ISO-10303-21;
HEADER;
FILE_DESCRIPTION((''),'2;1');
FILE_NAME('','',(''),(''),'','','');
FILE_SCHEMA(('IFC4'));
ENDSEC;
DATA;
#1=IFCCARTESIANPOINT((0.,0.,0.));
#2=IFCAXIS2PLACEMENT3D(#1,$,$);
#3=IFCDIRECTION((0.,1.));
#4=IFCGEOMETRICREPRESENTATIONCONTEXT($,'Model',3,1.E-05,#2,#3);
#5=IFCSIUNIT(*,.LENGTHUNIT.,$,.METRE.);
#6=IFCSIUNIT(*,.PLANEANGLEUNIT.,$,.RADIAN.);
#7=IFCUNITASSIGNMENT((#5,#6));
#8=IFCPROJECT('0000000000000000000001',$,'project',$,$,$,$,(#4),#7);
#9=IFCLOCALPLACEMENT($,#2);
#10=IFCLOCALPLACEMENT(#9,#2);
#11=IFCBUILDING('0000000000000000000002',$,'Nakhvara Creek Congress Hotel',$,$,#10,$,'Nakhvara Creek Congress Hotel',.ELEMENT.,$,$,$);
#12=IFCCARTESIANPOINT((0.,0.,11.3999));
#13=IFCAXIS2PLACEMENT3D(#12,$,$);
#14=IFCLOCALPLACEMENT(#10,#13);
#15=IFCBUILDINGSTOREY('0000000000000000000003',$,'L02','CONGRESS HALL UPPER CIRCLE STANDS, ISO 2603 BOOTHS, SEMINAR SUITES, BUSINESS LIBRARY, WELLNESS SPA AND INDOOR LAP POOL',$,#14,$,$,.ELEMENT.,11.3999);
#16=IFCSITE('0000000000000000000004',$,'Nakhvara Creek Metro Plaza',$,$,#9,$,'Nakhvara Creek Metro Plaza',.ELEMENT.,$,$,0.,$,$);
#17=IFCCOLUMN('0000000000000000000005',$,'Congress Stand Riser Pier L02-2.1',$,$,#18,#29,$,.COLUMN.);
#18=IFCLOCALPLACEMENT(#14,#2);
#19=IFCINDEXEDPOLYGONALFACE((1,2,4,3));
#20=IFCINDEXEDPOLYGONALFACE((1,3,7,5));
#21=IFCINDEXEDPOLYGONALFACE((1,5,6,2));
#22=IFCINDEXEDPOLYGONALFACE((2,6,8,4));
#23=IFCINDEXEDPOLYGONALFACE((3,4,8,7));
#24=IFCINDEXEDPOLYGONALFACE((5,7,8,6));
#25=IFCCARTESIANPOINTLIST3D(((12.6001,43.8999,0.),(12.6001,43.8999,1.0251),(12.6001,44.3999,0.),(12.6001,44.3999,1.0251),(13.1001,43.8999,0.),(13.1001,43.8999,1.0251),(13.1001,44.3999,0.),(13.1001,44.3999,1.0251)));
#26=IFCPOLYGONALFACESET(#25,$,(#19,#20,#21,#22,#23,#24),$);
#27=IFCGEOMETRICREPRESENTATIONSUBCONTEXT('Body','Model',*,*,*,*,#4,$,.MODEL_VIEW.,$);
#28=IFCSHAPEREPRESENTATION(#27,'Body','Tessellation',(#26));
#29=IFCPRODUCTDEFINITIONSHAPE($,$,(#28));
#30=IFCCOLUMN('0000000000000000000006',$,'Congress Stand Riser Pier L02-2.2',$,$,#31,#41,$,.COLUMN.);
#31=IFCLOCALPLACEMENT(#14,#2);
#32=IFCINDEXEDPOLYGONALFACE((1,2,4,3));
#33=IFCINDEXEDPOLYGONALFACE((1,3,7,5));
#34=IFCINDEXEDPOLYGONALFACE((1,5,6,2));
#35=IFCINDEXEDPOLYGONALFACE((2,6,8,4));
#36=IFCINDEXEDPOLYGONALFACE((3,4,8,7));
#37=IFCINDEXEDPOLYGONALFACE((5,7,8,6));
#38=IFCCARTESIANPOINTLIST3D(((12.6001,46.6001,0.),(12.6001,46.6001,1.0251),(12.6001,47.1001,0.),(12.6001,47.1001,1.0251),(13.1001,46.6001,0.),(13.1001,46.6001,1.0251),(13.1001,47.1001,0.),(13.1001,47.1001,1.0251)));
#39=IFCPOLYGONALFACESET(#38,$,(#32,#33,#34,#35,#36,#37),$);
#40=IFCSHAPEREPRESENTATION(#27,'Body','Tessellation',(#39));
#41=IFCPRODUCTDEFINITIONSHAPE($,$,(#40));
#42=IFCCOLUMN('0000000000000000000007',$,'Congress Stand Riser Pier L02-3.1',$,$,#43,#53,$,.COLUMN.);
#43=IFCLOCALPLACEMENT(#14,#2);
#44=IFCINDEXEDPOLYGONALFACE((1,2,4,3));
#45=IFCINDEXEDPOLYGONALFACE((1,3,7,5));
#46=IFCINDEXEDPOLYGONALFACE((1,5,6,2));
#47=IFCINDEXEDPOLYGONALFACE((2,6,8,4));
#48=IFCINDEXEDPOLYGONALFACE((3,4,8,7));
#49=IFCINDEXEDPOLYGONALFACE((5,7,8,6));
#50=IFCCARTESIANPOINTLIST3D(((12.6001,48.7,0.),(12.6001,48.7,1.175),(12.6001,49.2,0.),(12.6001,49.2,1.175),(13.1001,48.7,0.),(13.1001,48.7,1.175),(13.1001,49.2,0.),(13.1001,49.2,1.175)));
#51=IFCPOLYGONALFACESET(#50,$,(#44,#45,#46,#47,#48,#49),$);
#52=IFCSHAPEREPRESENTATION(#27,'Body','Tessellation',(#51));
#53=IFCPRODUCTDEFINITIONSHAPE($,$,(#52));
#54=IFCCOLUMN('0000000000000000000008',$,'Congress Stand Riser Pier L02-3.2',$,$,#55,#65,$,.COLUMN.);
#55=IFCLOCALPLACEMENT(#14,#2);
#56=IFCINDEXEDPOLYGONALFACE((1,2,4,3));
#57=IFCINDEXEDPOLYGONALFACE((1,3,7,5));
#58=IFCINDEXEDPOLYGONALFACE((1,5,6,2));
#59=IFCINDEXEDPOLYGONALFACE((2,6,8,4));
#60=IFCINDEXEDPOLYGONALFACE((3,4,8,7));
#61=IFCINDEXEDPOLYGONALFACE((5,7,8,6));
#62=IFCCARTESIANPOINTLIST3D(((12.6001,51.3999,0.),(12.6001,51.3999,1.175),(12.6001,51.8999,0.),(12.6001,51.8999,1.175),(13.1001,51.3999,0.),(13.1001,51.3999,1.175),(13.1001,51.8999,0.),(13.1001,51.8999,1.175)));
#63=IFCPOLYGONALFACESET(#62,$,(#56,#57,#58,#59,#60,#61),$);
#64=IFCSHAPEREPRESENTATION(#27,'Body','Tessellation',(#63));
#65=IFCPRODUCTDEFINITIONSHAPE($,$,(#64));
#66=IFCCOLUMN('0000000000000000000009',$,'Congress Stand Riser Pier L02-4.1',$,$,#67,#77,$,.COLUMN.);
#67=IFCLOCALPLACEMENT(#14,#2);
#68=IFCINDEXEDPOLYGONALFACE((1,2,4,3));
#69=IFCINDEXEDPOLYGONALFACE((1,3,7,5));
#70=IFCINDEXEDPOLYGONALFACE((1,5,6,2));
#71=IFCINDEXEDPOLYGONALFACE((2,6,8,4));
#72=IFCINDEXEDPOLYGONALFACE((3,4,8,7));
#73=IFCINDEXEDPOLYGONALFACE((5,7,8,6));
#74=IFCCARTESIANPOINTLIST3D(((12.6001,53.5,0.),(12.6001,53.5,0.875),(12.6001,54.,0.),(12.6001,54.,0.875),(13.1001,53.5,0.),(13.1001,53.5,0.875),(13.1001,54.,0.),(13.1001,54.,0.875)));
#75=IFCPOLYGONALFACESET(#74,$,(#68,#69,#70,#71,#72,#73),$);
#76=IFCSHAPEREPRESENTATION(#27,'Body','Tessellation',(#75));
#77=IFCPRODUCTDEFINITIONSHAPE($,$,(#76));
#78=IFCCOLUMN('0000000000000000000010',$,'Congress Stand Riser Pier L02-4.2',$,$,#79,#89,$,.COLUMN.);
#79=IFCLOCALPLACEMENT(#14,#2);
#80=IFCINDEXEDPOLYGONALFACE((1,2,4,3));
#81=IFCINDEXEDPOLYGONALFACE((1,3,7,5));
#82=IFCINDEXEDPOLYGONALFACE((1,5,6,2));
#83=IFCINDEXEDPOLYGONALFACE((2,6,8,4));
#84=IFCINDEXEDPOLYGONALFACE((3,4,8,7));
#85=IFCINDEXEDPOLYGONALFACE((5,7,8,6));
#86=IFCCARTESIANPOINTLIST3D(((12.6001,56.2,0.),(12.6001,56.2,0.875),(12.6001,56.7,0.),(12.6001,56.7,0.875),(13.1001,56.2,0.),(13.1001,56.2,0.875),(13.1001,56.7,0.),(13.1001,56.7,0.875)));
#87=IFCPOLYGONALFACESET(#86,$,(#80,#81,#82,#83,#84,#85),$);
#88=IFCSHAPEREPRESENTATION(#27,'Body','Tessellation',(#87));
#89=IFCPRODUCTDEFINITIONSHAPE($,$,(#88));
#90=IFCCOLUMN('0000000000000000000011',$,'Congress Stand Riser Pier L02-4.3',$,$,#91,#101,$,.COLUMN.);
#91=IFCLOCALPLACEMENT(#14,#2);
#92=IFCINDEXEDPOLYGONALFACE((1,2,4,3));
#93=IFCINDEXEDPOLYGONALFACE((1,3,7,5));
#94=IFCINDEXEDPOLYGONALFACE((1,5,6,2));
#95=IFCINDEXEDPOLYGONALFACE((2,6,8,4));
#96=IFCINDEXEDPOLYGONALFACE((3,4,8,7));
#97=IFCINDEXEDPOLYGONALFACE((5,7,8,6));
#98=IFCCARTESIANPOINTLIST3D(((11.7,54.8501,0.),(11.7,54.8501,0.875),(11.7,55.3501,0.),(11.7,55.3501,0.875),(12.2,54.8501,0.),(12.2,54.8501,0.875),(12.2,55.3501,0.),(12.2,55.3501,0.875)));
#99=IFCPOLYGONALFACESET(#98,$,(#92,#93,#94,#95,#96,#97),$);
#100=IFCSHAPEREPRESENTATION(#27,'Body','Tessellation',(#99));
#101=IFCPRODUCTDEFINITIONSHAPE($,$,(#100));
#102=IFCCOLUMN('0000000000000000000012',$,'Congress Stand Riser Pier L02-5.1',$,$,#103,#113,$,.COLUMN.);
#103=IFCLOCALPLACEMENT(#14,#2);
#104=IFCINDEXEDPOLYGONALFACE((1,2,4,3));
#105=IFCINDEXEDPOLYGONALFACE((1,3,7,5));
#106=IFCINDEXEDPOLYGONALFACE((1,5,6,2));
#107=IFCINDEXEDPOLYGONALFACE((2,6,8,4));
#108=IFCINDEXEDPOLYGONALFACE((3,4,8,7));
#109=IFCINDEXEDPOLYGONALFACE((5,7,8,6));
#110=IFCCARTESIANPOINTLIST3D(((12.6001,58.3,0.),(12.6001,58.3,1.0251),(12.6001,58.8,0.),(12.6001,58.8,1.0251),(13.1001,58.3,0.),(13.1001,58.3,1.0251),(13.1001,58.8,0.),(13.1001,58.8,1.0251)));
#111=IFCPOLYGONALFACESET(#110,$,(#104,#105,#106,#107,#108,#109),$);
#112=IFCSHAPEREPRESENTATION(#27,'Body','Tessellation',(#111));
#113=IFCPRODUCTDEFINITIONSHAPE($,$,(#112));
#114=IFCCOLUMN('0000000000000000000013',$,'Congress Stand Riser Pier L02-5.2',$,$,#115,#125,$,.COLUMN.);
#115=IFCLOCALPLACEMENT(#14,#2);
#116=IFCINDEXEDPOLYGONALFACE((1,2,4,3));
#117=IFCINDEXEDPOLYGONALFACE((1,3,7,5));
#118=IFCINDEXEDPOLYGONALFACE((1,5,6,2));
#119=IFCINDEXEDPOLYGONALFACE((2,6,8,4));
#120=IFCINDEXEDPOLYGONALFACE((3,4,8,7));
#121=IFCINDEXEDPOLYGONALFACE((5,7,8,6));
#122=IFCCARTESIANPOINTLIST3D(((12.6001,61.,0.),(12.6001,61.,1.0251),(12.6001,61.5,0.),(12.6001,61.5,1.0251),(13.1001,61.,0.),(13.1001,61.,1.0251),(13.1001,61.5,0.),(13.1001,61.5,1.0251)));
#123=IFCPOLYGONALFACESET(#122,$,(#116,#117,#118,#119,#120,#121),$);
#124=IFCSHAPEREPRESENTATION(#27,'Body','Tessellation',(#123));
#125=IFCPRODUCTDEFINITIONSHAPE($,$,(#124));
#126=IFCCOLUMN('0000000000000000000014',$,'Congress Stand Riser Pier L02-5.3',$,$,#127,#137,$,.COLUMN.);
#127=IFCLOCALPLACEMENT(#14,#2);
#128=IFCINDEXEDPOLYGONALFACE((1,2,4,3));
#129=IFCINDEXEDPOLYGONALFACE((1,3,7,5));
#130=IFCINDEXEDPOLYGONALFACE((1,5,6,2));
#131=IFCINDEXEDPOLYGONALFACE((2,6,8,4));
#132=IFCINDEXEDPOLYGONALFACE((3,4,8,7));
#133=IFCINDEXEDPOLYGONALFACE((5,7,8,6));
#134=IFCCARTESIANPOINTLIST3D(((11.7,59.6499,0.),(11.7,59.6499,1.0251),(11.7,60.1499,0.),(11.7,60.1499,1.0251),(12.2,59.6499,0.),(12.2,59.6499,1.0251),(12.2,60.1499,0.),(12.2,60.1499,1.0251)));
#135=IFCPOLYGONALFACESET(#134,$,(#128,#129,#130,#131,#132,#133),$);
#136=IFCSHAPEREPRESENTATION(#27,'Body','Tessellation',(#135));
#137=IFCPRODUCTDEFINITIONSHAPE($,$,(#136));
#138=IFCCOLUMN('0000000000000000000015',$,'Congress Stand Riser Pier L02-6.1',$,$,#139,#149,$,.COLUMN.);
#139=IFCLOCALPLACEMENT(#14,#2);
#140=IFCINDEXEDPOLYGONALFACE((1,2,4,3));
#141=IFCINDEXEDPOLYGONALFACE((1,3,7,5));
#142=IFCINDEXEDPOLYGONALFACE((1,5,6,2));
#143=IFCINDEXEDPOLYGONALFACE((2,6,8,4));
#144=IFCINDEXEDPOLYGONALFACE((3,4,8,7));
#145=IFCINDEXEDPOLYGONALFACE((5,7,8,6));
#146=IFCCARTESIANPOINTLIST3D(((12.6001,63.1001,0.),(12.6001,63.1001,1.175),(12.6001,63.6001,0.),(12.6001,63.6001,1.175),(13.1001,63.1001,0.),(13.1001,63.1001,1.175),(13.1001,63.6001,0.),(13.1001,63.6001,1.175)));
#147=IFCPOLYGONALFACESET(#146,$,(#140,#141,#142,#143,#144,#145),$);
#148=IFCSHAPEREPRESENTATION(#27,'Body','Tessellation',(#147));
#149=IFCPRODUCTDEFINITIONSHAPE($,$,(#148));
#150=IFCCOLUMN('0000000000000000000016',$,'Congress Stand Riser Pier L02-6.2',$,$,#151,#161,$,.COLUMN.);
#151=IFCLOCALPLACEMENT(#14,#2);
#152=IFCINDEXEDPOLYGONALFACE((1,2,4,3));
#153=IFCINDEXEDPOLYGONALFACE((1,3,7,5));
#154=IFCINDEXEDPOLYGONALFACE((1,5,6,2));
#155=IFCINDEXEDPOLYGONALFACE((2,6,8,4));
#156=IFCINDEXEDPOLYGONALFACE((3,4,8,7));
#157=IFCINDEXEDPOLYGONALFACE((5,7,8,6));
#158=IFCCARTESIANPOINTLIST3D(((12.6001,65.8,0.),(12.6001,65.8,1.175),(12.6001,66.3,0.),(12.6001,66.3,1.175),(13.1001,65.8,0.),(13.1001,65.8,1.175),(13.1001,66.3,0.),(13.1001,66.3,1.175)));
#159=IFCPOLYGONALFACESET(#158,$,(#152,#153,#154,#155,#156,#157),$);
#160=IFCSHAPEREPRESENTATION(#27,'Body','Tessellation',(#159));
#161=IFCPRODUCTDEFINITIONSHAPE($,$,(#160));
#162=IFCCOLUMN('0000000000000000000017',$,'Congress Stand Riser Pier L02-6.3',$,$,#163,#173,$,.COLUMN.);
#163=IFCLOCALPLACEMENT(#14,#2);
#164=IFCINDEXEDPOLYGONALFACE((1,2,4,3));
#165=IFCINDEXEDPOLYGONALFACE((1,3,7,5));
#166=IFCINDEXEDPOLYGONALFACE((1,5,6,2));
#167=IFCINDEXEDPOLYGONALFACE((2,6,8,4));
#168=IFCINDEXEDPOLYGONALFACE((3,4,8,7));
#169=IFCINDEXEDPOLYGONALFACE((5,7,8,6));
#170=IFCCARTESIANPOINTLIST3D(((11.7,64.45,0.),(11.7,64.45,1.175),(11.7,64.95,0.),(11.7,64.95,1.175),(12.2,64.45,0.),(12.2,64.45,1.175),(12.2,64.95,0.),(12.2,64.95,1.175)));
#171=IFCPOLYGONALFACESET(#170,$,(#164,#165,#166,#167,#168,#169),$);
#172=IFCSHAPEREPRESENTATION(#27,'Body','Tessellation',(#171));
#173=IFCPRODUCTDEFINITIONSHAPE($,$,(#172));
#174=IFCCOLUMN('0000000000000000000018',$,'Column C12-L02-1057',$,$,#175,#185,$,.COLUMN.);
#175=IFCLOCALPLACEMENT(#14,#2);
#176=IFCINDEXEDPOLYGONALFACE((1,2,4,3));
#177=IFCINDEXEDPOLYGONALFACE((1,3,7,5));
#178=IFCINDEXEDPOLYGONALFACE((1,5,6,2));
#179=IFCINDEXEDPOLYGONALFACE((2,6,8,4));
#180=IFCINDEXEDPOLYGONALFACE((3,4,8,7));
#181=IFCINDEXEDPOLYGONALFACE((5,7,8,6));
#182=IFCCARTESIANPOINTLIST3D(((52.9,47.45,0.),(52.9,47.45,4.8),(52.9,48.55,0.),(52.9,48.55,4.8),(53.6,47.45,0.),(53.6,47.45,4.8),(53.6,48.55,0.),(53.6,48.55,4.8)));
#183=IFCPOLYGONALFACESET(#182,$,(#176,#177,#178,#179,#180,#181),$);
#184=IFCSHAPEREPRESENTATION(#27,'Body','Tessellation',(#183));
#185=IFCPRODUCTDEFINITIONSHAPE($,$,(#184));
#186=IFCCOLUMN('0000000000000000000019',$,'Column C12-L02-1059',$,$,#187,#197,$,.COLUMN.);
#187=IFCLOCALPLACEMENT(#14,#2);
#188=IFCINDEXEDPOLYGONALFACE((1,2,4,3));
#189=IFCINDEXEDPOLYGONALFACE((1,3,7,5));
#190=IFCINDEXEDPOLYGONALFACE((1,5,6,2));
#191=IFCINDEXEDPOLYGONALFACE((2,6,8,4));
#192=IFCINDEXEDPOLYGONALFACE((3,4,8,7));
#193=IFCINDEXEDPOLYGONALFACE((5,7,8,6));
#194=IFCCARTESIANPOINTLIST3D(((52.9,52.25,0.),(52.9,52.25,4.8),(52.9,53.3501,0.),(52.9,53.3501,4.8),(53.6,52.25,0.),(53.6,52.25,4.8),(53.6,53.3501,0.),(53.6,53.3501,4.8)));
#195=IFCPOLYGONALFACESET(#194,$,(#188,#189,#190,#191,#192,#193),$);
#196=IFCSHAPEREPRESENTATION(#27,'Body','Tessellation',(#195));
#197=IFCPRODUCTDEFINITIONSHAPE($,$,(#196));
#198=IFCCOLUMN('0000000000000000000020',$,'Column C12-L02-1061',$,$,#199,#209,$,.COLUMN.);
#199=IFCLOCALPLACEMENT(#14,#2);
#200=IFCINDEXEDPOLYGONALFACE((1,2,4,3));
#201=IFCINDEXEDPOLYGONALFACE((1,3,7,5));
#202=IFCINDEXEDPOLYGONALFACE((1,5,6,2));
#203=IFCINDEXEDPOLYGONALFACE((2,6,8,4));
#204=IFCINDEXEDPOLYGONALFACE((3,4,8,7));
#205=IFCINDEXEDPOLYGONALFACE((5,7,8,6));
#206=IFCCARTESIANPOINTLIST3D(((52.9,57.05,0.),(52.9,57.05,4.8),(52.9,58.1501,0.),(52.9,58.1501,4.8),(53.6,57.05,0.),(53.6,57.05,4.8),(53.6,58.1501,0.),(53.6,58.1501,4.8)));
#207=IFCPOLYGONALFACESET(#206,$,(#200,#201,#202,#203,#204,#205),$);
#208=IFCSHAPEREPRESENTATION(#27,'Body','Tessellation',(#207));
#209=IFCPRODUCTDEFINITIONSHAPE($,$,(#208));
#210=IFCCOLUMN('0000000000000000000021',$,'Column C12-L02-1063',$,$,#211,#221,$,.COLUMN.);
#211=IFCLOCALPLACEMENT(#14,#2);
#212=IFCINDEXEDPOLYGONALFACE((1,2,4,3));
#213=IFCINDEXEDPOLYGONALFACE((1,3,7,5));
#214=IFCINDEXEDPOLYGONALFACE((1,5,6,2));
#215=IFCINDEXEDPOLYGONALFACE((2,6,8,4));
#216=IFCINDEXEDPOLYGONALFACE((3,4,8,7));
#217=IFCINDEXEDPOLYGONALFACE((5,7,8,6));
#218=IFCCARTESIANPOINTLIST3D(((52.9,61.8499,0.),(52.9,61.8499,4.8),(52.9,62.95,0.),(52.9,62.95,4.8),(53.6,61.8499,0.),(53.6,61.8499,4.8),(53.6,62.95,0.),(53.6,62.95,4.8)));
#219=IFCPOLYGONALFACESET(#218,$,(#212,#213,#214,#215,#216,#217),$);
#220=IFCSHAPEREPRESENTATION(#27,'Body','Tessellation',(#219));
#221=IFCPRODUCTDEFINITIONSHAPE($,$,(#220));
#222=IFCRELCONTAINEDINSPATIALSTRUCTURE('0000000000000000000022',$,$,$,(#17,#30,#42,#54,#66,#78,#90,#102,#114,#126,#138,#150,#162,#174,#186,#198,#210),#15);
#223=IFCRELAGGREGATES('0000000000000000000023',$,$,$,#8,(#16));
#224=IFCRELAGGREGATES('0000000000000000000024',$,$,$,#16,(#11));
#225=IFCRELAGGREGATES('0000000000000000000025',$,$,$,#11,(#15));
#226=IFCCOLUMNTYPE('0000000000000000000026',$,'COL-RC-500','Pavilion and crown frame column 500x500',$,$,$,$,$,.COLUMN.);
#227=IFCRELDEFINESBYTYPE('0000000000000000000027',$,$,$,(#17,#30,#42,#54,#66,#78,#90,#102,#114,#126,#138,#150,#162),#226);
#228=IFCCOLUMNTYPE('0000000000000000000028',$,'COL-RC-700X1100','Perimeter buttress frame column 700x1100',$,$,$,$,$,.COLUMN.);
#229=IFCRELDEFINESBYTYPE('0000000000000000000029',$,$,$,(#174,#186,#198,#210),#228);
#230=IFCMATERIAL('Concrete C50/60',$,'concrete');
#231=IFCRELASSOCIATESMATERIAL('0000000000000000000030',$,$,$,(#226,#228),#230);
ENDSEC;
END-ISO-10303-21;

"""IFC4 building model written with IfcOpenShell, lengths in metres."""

from ifc_helpers import new_model, si_unit, direction, frame, origin, origin_2d, place, context, subcontext, project, spatial, rectangle, extrude, material, material_profile, profile_set, type_object, element, save


model = new_model("IFC4")

# Units and contexts
model_context = context("Model", 3, precision=1e-05, world=origin(), true_north=direction((0.0, 1.0)))
body_context = subcontext(model_context, "Body", "Model", "MODEL_VIEW")
ifc_project = project(units=[si_unit("LENGTHUNIT", "METRE"), si_unit("PLANEANGLEUNIT", "RADIAN")], contexts=[model_context])

# Site, building, storey
site_placement = place(None, origin())
site = spatial("IfcSite", under=ifc_project, at=site_placement, Name="Nakhvara Creek Metro Plaza", LongName="Nakhvara Creek Metro Plaza", CompositionType="ELEMENT", RefElevation=0.0)
building_placement = place(site_placement, origin())
building = spatial("IfcBuilding", under=site, at=building_placement, Name="Nakhvara Creek Congress Hotel", LongName="Nakhvara Creek Congress Hotel", CompositionType="ELEMENT")
storey_placement = place(building_placement, frame((0.0, 0.0, 11.3999)))
storey = spatial("IfcBuildingStorey", under=building, at=storey_placement, Name="L02", Description="CONGRESS HALL UPPER CIRCLE STANDS, ISO 2603 BOOTHS, SEMINAR SUITES, BUSINESS LIBRARY, WELLNESS SPA AND INDOOR LAP POOL", CompositionType="ELEMENT", Elevation=11.3999)

# Columns
ifc_material_1 = material(Name="Concrete C50/60", Category="concrete")
ifc_material_profile_1 = material_profile(ifc_material_1, rectangle(XDim=0.5, YDim=0.5, at=origin_2d()), Name="RC-COL 500x500", Category="LoadBearing")
ifc_profile_set_1 = profile_set([ifc_material_profile_1], Name="Concrete C50/60")
column_type_1 = type_object("IfcColumnType", Name="COL-RC-500", Description="Pavilion and crown frame column 500x500", PredefinedType="COLUMN", material=ifc_profile_set_1)
for number, where, z_axis, x_axis, name in (
    (1, (12.8501, 44.1499, 0.0), (0.0, 0.0, 1.0), (1.0, 0.0, 0.0), "Congress Stand Riser Pier L02-2.1"),
    (2, (12.8501, 46.8501, 0.0), (0.0, 0.0, 1.0), (1.0, 0.0, 0.0), "Congress Stand Riser Pier L02-2.2"),
):
    element("IfcColumn", number, at=place(storey_placement, frame(where, z_axis=z_axis, x_axis=x_axis)), inside=storey, type_object=column_type_1, Name=name, PredefinedType="COLUMN", context=body_context, shape_type="SweptSolid", body=[
        extrude(rectangle(XDim=0.5, YDim=0.5, at=origin_2d()), origin(), (0.0, 0.0, 1.0), 1.0251),
    ])
for number, where, z_axis, x_axis, name in (
    (3, (12.8501, 48.95, 0.0), (0.0, 0.0, 1.0), (1.0, 0.0, 0.0), "Congress Stand Riser Pier L02-3.1"),
    (4, (12.8501, 51.6499, 0.0), (0.0, 0.0, 1.0), (1.0, 0.0, 0.0), "Congress Stand Riser Pier L02-3.2"),
):
    element("IfcColumn", number, at=place(storey_placement, frame(where, z_axis=z_axis, x_axis=x_axis)), inside=storey, type_object=column_type_1, Name=name, PredefinedType="COLUMN", context=body_context, shape_type="SweptSolid", body=[
        extrude(rectangle(XDim=0.5, YDim=0.5, at=origin_2d()), origin(), (0.0, 0.0, 1.0), 1.175),
    ])
for number, where, z_axis, x_axis, name in (
    (5, (12.8501, 53.75, 0.0), (0.0, 0.0, 1.0), (1.0, 0.0, 0.0), "Congress Stand Riser Pier L02-4.1"),
    (6, (12.8501, 56.45, 0.0), (0.0, 0.0, 1.0), (1.0, 0.0, 0.0), "Congress Stand Riser Pier L02-4.2"),
    (7, (11.95, 55.1001, 0.0), (0.0, 0.0, 1.0), (1.0, 0.0, 0.0), "Congress Stand Riser Pier L02-4.3"),
):
    element("IfcColumn", number, at=place(storey_placement, frame(where, z_axis=z_axis, x_axis=x_axis)), inside=storey, type_object=column_type_1, Name=name, PredefinedType="COLUMN", context=body_context, shape_type="SweptSolid", body=[
        extrude(rectangle(XDim=0.5, YDim=0.5, at=origin_2d()), origin(), (0.0, 0.0, 1.0), 0.875),
    ])
for number, where, z_axis, x_axis, name in (
    (8, (12.8501, 58.55, 0.0), (0.0, 0.0, 1.0), (1.0, 0.0, 0.0), "Congress Stand Riser Pier L02-5.1"),
    (9, (12.8501, 61.25, 0.0), (0.0, 0.0, 1.0), (1.0, 0.0, 0.0), "Congress Stand Riser Pier L02-5.2"),
    (10, (11.95, 59.8999, 0.0), (0.0, 0.0, 1.0), (1.0, 0.0, 0.0), "Congress Stand Riser Pier L02-5.3"),
):
    element("IfcColumn", number, at=place(storey_placement, frame(where, z_axis=z_axis, x_axis=x_axis)), inside=storey, type_object=column_type_1, Name=name, PredefinedType="COLUMN", context=body_context, shape_type="SweptSolid", body=[
        extrude(rectangle(XDim=0.5, YDim=0.5, at=origin_2d()), origin(), (0.0, 0.0, 1.0), 1.0251),
    ])
for number, where, z_axis, x_axis, name in (
    (11, (12.8501, 63.3501, 0.0), (0.0, 0.0, 1.0), (1.0, 0.0, 0.0), "Congress Stand Riser Pier L02-6.1"),
    (12, (12.8501, 66.05, 0.0), (0.0, 0.0, 1.0), (1.0, 0.0, 0.0), "Congress Stand Riser Pier L02-6.2"),
    (13, (11.95, 64.7, 0.0), (0.0, 0.0, 1.0), (1.0, 0.0, 0.0), "Congress Stand Riser Pier L02-6.3"),
):
    element("IfcColumn", number, at=place(storey_placement, frame(where, z_axis=z_axis, x_axis=x_axis)), inside=storey, type_object=column_type_1, Name=name, PredefinedType="COLUMN", context=body_context, shape_type="SweptSolid", body=[
        extrude(rectangle(XDim=0.5, YDim=0.5, at=origin_2d()), origin(), (0.0, 0.0, 1.0), 1.175),
    ])
ifc_material_profile_2 = material_profile(ifc_material_1, rectangle(XDim=0.7, YDim=1.1001, at=origin_2d()), Name="RC-COL 700x1100", Category="LoadBearing")
ifc_profile_set_2 = profile_set([ifc_material_profile_2], Name="Concrete C50/60")
column_type_2 = type_object("IfcColumnType", Name="COL-RC-700X1100", Description="Perimeter buttress frame column 700x1100", PredefinedType="COLUMN", material=ifc_profile_set_2)
for number, where, z_axis, x_axis, name in (
    (14, (53.25, 48.0, 0.0), (0.0, 0.0, 1.0), (1.0, 0.0, 0.0), "Column C12-L02-1057"),
    (15, (53.25, 52.8, 0.0), (0.0, 0.0, 1.0), (1.0, 0.0, 0.0), "Column C12-L02-1059"),
    (16, (53.25, 57.6001, 0.0), (0.0, 0.0, 1.0), (1.0, 0.0, 0.0), "Column C12-L02-1061"),
    (17, (53.25, 62.3999, 0.0), (0.0, 0.0, 1.0), (1.0, 0.0, 0.0), "Column C12-L02-1063"),
):
    element("IfcColumn", number, at=place(storey_placement, frame(where, z_axis=z_axis, x_axis=x_axis)), inside=storey, type_object=column_type_2, Name=name, PredefinedType="COLUMN", context=body_context, shape_type="SweptSolid", body=[
        extrude(rectangle(XDim=0.7, YDim=1.1001, at=origin_2d()), origin(), (0.0, 0.0, 1.0), 4.8),
    ])

save(model, "model.ifc")
